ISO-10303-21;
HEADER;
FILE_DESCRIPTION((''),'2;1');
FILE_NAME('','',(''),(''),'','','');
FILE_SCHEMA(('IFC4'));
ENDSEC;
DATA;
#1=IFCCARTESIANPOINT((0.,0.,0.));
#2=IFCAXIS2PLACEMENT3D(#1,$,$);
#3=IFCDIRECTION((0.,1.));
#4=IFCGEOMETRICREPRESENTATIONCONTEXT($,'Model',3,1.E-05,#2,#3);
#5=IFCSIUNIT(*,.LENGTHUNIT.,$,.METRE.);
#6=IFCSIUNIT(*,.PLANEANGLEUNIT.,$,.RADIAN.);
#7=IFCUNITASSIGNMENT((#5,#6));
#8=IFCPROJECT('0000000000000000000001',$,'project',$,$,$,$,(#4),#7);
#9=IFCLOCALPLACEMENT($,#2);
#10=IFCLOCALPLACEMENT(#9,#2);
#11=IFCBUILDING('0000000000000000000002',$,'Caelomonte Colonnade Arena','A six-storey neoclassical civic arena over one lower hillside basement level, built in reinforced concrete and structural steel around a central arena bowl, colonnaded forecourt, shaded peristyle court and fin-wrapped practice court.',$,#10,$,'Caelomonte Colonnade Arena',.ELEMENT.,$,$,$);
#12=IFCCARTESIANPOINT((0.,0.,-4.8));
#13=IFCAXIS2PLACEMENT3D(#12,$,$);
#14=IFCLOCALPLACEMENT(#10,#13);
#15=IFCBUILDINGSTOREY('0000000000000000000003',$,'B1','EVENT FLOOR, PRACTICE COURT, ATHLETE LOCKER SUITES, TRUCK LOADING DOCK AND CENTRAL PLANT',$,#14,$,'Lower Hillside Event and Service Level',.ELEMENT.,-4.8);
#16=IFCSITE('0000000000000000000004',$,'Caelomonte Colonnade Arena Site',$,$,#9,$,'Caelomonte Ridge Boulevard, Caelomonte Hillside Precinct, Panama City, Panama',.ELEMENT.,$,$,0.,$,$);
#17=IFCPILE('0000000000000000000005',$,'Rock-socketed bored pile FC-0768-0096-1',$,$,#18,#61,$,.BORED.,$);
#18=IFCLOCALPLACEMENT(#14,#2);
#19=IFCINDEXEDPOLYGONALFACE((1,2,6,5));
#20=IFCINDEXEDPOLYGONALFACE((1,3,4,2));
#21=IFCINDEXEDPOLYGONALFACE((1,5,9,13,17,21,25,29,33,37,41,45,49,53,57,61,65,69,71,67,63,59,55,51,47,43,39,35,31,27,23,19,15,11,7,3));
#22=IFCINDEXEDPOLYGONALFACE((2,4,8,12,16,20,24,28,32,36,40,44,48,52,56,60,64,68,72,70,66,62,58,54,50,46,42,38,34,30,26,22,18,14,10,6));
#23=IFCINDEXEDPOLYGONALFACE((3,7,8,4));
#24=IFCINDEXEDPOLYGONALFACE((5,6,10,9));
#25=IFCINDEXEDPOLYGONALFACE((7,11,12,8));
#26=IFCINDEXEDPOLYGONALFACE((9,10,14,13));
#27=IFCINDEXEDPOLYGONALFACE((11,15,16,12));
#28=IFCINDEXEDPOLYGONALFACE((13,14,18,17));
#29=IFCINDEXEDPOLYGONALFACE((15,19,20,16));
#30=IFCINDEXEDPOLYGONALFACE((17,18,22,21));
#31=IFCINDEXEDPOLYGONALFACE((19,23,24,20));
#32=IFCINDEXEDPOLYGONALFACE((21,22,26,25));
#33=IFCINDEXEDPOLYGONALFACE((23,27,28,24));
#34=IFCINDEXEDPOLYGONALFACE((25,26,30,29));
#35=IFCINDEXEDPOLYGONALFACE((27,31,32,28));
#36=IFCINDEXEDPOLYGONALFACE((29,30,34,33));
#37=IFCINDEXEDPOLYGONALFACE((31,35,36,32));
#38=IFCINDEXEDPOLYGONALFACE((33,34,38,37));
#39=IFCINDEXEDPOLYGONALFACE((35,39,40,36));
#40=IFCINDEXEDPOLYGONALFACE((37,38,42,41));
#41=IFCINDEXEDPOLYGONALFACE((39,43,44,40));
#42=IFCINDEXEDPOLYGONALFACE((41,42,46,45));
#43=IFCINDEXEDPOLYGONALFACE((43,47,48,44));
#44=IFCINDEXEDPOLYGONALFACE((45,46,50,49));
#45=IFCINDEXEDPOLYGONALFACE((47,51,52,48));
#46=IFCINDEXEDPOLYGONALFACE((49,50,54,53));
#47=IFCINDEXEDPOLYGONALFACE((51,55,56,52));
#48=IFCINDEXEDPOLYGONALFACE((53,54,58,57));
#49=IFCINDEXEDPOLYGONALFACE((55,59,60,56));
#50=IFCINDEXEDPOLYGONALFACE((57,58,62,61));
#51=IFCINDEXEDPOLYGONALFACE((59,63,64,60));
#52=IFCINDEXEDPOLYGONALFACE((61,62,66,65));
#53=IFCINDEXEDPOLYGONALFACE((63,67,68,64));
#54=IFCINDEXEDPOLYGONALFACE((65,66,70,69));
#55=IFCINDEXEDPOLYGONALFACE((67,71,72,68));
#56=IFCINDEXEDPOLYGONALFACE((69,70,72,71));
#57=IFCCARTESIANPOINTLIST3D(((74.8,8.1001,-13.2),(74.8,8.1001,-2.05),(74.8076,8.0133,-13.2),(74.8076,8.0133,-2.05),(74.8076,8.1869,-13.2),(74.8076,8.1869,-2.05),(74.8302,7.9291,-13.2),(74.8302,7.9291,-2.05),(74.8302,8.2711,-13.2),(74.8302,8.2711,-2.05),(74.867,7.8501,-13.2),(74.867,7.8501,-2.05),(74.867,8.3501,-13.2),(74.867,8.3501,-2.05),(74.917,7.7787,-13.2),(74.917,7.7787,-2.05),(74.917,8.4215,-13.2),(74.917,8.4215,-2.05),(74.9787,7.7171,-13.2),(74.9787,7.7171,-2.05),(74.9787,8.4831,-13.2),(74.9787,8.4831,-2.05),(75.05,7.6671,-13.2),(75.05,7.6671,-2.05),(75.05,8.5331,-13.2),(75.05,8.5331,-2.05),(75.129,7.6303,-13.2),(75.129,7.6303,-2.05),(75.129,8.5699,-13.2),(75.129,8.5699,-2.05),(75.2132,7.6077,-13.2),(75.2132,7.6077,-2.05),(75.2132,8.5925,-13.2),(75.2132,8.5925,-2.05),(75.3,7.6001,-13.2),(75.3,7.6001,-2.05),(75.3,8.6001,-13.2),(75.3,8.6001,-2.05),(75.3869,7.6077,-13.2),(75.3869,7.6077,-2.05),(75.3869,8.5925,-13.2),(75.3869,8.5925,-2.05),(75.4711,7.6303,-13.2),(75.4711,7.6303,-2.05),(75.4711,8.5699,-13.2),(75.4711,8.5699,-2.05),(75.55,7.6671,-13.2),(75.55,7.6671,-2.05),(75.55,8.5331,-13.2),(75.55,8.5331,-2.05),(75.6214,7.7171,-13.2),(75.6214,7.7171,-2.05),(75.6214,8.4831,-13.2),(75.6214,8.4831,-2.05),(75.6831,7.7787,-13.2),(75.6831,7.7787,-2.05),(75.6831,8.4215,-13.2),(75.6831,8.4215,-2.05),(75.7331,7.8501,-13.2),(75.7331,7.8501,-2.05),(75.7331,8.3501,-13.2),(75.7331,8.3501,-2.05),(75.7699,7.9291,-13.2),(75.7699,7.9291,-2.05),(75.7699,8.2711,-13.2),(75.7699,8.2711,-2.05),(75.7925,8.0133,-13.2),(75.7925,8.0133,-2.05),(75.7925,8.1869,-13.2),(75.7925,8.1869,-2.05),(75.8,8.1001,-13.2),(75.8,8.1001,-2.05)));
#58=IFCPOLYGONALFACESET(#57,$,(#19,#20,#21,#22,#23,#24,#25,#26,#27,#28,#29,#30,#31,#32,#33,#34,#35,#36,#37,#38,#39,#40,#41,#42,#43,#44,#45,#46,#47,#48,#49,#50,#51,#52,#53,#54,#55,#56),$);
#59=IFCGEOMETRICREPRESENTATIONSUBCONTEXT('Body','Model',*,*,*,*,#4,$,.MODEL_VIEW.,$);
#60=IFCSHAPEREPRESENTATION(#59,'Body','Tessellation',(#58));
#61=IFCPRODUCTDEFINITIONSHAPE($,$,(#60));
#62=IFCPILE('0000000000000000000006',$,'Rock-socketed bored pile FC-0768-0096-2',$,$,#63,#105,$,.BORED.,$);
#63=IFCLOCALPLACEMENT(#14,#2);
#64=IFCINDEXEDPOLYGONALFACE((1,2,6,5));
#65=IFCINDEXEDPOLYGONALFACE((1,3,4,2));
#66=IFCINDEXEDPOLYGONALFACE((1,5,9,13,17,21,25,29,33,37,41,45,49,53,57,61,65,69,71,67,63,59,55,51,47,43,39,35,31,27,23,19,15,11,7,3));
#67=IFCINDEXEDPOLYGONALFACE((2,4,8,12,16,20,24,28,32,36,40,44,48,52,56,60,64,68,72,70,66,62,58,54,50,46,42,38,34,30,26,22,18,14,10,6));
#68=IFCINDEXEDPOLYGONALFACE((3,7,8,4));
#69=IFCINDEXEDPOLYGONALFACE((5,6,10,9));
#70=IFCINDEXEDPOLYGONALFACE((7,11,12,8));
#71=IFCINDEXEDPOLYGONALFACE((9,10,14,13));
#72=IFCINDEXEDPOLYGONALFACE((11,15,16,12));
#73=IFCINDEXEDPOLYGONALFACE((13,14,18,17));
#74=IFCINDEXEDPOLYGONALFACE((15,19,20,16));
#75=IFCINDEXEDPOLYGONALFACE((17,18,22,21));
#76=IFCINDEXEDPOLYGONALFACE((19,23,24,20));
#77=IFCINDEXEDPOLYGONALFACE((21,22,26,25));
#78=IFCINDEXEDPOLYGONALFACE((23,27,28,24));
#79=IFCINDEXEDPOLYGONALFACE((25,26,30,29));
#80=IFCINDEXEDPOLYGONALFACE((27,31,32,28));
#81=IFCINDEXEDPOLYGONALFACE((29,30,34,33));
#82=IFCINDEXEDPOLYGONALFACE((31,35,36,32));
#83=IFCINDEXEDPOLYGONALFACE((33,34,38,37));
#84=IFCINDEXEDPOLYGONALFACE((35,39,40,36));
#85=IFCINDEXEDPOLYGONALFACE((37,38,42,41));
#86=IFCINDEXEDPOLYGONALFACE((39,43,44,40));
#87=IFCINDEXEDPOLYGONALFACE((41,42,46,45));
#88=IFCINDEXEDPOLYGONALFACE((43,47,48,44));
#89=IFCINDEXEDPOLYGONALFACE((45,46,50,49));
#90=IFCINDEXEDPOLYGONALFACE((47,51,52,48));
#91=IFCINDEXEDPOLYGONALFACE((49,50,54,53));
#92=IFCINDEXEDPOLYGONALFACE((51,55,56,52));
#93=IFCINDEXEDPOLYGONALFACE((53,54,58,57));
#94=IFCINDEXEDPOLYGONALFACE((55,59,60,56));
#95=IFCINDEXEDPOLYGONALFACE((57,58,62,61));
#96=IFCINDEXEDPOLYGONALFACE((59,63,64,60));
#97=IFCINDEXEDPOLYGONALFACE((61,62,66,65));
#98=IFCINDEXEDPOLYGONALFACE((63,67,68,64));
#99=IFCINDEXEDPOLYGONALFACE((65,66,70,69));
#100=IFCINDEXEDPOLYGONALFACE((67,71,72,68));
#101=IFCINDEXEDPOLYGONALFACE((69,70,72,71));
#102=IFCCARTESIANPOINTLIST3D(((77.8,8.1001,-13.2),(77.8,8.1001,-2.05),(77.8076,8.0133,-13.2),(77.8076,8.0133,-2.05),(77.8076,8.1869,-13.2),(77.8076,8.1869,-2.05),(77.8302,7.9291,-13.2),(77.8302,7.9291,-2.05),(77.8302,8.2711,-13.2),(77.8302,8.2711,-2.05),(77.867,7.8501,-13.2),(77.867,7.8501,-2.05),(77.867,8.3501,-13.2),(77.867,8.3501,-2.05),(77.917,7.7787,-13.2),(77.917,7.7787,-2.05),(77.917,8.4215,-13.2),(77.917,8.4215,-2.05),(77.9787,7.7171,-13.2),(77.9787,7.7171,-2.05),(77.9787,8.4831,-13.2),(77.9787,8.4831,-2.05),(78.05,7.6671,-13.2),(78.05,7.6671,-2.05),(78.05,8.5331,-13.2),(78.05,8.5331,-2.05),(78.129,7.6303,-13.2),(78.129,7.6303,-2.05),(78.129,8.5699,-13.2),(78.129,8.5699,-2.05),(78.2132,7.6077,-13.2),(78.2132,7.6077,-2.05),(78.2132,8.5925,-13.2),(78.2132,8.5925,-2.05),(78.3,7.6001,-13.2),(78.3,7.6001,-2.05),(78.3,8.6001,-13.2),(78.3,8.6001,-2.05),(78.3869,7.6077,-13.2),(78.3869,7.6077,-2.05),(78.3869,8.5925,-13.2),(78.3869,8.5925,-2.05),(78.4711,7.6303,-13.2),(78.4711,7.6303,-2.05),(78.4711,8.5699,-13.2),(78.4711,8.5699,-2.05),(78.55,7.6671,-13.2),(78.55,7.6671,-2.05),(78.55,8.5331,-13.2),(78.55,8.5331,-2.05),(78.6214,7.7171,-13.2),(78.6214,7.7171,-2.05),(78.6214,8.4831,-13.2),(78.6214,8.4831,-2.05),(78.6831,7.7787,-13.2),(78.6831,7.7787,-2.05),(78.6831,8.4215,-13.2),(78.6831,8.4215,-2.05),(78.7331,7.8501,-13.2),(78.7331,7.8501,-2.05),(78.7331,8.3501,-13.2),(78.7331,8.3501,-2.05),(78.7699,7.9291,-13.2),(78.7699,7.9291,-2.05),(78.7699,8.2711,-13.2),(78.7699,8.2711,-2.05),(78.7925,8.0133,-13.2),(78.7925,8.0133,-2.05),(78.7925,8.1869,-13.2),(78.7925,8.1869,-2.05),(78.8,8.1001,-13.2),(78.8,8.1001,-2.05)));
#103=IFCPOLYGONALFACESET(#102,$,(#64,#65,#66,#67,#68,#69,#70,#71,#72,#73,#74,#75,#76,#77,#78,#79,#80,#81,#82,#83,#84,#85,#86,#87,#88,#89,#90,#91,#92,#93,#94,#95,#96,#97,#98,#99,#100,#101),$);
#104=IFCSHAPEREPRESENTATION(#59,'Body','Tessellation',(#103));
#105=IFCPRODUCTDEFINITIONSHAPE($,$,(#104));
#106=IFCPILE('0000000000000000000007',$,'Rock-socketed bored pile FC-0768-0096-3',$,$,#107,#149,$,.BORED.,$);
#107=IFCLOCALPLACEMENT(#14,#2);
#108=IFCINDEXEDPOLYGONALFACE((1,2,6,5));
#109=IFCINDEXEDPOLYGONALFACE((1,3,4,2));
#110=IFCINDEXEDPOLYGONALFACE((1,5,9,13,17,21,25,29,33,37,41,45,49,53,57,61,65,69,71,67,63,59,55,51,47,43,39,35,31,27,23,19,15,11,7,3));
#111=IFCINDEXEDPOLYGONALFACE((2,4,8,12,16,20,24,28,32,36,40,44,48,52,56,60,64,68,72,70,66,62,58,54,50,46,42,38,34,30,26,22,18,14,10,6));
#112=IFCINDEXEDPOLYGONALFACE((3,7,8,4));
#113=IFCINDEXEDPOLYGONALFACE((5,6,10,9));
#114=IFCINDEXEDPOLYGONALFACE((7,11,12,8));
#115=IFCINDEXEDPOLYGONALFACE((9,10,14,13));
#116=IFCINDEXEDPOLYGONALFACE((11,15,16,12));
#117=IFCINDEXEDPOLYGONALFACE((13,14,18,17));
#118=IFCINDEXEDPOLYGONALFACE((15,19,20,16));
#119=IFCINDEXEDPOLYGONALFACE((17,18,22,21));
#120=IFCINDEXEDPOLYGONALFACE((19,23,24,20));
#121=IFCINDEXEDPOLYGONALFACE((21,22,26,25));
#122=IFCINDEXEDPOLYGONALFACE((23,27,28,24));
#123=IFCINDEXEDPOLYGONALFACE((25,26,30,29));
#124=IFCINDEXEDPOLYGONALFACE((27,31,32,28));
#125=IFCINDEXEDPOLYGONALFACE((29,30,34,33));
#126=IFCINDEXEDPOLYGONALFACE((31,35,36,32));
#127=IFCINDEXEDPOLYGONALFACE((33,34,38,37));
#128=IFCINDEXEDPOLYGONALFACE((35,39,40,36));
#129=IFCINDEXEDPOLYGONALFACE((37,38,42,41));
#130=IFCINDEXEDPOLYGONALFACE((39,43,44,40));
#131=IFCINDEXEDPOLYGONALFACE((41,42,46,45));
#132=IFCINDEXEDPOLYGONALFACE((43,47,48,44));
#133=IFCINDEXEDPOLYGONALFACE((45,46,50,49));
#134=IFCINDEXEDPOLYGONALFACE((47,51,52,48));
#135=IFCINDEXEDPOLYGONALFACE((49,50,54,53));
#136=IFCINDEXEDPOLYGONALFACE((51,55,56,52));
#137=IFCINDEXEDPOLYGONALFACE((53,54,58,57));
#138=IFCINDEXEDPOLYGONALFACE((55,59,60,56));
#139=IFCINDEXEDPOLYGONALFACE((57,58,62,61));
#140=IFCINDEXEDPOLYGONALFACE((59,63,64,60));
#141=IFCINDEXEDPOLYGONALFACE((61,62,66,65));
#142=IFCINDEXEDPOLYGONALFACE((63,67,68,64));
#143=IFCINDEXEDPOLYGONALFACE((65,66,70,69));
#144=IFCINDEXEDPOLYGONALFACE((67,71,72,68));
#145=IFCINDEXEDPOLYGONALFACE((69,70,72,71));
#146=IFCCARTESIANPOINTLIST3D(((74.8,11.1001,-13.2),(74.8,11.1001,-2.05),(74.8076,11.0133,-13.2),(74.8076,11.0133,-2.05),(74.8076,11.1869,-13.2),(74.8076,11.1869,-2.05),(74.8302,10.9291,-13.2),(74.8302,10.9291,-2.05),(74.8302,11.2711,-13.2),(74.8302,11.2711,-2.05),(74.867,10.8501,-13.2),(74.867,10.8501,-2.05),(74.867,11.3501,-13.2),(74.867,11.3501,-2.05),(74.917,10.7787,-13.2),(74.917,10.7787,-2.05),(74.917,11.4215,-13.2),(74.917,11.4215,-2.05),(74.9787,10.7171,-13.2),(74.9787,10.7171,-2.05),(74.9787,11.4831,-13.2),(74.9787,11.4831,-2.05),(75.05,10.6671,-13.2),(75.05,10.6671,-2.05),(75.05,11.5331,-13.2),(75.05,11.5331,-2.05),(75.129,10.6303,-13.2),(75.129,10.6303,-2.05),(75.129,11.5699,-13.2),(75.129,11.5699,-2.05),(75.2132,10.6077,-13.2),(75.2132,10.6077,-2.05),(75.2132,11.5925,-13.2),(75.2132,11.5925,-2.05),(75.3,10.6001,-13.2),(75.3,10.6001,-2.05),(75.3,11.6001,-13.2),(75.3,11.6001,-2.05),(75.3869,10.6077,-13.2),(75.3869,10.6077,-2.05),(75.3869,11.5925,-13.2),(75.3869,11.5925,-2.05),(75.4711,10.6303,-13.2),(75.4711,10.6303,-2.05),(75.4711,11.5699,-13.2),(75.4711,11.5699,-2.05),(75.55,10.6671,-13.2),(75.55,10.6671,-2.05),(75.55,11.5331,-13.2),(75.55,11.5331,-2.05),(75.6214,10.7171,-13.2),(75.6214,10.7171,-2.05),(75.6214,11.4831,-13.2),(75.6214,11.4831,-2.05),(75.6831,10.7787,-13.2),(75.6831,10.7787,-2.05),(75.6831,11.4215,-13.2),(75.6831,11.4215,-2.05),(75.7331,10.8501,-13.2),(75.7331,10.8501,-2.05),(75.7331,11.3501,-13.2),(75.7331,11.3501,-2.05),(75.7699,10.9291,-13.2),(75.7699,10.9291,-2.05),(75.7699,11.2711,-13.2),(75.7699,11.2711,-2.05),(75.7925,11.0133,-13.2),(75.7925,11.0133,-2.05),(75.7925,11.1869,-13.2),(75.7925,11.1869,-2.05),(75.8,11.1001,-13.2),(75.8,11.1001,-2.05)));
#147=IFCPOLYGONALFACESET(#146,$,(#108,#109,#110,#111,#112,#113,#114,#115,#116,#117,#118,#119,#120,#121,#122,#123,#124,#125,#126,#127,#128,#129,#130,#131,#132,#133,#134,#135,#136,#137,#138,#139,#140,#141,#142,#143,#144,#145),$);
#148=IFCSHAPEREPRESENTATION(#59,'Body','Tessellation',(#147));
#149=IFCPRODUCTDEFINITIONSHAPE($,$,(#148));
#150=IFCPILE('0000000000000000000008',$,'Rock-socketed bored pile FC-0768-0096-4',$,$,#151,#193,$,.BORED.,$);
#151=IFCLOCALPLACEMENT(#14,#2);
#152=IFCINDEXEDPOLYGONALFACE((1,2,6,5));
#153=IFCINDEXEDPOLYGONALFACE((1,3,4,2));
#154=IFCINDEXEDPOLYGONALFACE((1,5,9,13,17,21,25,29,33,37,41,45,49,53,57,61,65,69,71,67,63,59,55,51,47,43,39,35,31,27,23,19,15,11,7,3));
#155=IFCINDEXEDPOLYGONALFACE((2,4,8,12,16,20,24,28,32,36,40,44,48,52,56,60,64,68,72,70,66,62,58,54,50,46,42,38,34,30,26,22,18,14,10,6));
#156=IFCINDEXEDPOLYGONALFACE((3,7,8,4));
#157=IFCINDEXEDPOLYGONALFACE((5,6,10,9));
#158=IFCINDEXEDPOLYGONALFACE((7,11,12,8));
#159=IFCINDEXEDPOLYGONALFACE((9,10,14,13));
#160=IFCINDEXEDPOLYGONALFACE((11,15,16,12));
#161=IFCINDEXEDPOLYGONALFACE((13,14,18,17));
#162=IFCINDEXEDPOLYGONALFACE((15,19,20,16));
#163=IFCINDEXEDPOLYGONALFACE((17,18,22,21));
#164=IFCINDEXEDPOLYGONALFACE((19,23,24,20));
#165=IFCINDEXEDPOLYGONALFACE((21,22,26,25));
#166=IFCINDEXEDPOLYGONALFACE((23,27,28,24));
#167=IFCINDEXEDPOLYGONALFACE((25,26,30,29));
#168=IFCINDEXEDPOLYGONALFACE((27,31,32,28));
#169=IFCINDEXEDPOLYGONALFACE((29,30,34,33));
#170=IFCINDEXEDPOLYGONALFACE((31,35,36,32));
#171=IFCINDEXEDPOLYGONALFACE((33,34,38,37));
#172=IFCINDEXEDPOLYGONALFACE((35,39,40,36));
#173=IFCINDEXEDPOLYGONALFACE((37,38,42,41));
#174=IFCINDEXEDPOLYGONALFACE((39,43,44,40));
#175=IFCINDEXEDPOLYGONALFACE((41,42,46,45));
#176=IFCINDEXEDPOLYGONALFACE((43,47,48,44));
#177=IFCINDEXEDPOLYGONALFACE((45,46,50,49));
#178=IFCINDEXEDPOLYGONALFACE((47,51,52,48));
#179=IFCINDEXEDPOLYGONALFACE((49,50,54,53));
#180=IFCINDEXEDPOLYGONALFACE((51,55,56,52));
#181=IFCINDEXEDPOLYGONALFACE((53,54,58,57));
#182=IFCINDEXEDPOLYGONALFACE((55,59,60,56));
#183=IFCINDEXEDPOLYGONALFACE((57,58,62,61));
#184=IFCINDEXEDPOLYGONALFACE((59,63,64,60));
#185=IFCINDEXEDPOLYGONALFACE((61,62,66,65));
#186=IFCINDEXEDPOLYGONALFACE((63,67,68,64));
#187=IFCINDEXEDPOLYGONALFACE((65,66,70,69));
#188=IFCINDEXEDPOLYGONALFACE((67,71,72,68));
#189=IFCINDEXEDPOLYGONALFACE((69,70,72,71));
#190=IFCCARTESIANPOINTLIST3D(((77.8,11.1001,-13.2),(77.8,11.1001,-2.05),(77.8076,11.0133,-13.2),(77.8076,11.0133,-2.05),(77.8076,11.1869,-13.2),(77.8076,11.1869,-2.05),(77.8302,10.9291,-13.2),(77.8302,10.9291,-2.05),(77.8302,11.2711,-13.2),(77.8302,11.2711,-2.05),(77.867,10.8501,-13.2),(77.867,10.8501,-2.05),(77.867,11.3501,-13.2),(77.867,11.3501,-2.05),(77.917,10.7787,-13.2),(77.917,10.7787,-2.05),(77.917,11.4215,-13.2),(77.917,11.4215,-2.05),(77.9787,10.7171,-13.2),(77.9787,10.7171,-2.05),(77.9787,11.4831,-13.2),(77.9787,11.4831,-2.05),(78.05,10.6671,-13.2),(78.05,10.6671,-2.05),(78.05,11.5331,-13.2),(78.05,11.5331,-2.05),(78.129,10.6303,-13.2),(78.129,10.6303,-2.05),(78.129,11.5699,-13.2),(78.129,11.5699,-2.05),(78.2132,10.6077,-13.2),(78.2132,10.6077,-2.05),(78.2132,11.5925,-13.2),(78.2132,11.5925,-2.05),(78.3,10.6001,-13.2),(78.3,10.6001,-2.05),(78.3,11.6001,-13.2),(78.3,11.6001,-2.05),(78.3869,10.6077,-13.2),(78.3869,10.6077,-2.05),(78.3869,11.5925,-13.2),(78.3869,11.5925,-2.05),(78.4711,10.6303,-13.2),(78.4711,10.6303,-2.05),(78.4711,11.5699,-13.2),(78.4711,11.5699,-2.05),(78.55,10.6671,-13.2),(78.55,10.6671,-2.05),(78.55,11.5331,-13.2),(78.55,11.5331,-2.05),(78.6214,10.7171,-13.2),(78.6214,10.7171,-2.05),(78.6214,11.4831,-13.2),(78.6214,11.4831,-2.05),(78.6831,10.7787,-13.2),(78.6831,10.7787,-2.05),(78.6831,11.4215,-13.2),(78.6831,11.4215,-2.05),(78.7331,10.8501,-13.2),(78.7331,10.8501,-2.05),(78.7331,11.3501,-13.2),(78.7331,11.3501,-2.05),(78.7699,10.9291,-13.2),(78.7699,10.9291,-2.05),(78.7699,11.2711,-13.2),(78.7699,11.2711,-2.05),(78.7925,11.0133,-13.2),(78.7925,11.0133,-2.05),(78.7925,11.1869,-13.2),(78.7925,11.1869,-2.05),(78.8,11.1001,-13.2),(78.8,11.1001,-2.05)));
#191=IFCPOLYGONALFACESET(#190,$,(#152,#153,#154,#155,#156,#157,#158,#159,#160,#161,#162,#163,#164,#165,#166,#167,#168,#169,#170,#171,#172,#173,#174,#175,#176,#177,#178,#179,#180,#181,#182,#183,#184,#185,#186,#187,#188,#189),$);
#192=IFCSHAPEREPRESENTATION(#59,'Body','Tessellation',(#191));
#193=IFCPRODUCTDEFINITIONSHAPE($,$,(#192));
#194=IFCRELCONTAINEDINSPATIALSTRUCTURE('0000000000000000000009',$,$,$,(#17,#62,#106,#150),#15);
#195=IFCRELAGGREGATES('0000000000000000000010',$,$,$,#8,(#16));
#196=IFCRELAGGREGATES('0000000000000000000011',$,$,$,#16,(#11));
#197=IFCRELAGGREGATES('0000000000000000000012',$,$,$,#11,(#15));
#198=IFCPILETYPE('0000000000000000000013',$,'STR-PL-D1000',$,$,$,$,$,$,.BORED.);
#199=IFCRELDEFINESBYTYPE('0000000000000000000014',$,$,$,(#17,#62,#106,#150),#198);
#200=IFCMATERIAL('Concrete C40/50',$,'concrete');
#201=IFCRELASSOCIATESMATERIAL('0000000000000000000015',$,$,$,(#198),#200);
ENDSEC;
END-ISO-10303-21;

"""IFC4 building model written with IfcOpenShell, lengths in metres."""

from ifc_helpers import new_model, si_unit, direction, frame, origin, origin_2d, place, context, subcontext, project, spatial, circle, extrude, material, material_profile, profile_set, type_object, element, save


model = new_model("IFC4")

# Units and contexts
model_context = context("Model", 3, precision=1e-05, world=origin(), true_north=direction((0.0, 1.0)))
body_context = subcontext(model_context, "Body", "Model", "MODEL_VIEW")
ifc_project = project(units=[si_unit("LENGTHUNIT", "METRE"), si_unit("PLANEANGLEUNIT", "RADIAN")], contexts=[model_context])

# Site, building, storey
site_placement = place(None, origin())
site = spatial("IfcSite", under=ifc_project, at=site_placement, Name="Caelomonte Colonnade Arena Site", LongName="Caelomonte Ridge Boulevard, Caelomonte Hillside Precinct, Panama City, Panama", CompositionType="ELEMENT", RefElevation=0.0)
building_placement = place(site_placement, origin())
building = spatial("IfcBuilding", under=site, at=building_placement, Name="Caelomonte Colonnade Arena", Description="A six-storey neoclassical civic arena over one lower hillside basement level, built in reinforced concrete and structural steel around a central arena bowl, colonnaded forecourt, shaded peristyle court and fin-wrapped practice court.", LongName="Caelomonte Colonnade Arena", CompositionType="ELEMENT")
storey_placement = place(building_placement, frame((0.0, 0.0, -4.8)))
storey = spatial("IfcBuildingStorey", under=building, at=storey_placement, Name="B1", Description="EVENT FLOOR, PRACTICE COURT, ATHLETE LOCKER SUITES, TRUCK LOADING DOCK AND CENTRAL PLANT", LongName="Lower Hillside Event and Service Level", CompositionType="ELEMENT", Elevation=-4.8)

# Shared definitions
ifc_material_1 = material(Name="Concrete C40/50", Category="concrete")

# Piles
ifc_material_profile_1 = material_profile(ifc_material_1, circle(Radius=0.5, at=origin_2d()), Name="PILE-D1000")
ifc_profile_set_1 = profile_set([ifc_material_profile_1], Name="Concrete C40/50")
pile_type = type_object("IfcPileType", Name="STR-PL-D1000", PredefinedType="BORED", material=ifc_profile_set_1)
for number, where, z_axis, x_axis, name in (
    (1, (75.3, 8.1001, -2.05), (0.0, 0.0, -1.0), (1.0, 0.0, 0.0), "Rock-socketed bored pile FC-0768-0096-1"),
    (2, (78.3, 8.1001, -2.05), (0.0, 0.0, -1.0), (1.0, 0.0, 0.0), "Rock-socketed bored pile FC-0768-0096-2"),
    (3, (75.3, 11.1001, -2.05), (0.0, 0.0, -1.0), (1.0, 0.0, 0.0), "Rock-socketed bored pile FC-0768-0096-3"),
    (4, (78.3, 11.1001, -2.05), (0.0, 0.0, -1.0), (1.0, 0.0, 0.0), "Rock-socketed bored pile FC-0768-0096-4"),
):
    element("IfcPile", number, at=place(storey_placement, frame(where, z_axis=z_axis, x_axis=x_axis)), inside=storey, type_object=pile_type, Name=name, PredefinedType="BORED", context=body_context, shape_type="SweptSolid", body=[
        extrude(circle(Radius=0.5, at=origin_2d()), origin(), (0.0, 0.0, 1.0), 11.1499),
    ])

save(model, "model.ifc")
